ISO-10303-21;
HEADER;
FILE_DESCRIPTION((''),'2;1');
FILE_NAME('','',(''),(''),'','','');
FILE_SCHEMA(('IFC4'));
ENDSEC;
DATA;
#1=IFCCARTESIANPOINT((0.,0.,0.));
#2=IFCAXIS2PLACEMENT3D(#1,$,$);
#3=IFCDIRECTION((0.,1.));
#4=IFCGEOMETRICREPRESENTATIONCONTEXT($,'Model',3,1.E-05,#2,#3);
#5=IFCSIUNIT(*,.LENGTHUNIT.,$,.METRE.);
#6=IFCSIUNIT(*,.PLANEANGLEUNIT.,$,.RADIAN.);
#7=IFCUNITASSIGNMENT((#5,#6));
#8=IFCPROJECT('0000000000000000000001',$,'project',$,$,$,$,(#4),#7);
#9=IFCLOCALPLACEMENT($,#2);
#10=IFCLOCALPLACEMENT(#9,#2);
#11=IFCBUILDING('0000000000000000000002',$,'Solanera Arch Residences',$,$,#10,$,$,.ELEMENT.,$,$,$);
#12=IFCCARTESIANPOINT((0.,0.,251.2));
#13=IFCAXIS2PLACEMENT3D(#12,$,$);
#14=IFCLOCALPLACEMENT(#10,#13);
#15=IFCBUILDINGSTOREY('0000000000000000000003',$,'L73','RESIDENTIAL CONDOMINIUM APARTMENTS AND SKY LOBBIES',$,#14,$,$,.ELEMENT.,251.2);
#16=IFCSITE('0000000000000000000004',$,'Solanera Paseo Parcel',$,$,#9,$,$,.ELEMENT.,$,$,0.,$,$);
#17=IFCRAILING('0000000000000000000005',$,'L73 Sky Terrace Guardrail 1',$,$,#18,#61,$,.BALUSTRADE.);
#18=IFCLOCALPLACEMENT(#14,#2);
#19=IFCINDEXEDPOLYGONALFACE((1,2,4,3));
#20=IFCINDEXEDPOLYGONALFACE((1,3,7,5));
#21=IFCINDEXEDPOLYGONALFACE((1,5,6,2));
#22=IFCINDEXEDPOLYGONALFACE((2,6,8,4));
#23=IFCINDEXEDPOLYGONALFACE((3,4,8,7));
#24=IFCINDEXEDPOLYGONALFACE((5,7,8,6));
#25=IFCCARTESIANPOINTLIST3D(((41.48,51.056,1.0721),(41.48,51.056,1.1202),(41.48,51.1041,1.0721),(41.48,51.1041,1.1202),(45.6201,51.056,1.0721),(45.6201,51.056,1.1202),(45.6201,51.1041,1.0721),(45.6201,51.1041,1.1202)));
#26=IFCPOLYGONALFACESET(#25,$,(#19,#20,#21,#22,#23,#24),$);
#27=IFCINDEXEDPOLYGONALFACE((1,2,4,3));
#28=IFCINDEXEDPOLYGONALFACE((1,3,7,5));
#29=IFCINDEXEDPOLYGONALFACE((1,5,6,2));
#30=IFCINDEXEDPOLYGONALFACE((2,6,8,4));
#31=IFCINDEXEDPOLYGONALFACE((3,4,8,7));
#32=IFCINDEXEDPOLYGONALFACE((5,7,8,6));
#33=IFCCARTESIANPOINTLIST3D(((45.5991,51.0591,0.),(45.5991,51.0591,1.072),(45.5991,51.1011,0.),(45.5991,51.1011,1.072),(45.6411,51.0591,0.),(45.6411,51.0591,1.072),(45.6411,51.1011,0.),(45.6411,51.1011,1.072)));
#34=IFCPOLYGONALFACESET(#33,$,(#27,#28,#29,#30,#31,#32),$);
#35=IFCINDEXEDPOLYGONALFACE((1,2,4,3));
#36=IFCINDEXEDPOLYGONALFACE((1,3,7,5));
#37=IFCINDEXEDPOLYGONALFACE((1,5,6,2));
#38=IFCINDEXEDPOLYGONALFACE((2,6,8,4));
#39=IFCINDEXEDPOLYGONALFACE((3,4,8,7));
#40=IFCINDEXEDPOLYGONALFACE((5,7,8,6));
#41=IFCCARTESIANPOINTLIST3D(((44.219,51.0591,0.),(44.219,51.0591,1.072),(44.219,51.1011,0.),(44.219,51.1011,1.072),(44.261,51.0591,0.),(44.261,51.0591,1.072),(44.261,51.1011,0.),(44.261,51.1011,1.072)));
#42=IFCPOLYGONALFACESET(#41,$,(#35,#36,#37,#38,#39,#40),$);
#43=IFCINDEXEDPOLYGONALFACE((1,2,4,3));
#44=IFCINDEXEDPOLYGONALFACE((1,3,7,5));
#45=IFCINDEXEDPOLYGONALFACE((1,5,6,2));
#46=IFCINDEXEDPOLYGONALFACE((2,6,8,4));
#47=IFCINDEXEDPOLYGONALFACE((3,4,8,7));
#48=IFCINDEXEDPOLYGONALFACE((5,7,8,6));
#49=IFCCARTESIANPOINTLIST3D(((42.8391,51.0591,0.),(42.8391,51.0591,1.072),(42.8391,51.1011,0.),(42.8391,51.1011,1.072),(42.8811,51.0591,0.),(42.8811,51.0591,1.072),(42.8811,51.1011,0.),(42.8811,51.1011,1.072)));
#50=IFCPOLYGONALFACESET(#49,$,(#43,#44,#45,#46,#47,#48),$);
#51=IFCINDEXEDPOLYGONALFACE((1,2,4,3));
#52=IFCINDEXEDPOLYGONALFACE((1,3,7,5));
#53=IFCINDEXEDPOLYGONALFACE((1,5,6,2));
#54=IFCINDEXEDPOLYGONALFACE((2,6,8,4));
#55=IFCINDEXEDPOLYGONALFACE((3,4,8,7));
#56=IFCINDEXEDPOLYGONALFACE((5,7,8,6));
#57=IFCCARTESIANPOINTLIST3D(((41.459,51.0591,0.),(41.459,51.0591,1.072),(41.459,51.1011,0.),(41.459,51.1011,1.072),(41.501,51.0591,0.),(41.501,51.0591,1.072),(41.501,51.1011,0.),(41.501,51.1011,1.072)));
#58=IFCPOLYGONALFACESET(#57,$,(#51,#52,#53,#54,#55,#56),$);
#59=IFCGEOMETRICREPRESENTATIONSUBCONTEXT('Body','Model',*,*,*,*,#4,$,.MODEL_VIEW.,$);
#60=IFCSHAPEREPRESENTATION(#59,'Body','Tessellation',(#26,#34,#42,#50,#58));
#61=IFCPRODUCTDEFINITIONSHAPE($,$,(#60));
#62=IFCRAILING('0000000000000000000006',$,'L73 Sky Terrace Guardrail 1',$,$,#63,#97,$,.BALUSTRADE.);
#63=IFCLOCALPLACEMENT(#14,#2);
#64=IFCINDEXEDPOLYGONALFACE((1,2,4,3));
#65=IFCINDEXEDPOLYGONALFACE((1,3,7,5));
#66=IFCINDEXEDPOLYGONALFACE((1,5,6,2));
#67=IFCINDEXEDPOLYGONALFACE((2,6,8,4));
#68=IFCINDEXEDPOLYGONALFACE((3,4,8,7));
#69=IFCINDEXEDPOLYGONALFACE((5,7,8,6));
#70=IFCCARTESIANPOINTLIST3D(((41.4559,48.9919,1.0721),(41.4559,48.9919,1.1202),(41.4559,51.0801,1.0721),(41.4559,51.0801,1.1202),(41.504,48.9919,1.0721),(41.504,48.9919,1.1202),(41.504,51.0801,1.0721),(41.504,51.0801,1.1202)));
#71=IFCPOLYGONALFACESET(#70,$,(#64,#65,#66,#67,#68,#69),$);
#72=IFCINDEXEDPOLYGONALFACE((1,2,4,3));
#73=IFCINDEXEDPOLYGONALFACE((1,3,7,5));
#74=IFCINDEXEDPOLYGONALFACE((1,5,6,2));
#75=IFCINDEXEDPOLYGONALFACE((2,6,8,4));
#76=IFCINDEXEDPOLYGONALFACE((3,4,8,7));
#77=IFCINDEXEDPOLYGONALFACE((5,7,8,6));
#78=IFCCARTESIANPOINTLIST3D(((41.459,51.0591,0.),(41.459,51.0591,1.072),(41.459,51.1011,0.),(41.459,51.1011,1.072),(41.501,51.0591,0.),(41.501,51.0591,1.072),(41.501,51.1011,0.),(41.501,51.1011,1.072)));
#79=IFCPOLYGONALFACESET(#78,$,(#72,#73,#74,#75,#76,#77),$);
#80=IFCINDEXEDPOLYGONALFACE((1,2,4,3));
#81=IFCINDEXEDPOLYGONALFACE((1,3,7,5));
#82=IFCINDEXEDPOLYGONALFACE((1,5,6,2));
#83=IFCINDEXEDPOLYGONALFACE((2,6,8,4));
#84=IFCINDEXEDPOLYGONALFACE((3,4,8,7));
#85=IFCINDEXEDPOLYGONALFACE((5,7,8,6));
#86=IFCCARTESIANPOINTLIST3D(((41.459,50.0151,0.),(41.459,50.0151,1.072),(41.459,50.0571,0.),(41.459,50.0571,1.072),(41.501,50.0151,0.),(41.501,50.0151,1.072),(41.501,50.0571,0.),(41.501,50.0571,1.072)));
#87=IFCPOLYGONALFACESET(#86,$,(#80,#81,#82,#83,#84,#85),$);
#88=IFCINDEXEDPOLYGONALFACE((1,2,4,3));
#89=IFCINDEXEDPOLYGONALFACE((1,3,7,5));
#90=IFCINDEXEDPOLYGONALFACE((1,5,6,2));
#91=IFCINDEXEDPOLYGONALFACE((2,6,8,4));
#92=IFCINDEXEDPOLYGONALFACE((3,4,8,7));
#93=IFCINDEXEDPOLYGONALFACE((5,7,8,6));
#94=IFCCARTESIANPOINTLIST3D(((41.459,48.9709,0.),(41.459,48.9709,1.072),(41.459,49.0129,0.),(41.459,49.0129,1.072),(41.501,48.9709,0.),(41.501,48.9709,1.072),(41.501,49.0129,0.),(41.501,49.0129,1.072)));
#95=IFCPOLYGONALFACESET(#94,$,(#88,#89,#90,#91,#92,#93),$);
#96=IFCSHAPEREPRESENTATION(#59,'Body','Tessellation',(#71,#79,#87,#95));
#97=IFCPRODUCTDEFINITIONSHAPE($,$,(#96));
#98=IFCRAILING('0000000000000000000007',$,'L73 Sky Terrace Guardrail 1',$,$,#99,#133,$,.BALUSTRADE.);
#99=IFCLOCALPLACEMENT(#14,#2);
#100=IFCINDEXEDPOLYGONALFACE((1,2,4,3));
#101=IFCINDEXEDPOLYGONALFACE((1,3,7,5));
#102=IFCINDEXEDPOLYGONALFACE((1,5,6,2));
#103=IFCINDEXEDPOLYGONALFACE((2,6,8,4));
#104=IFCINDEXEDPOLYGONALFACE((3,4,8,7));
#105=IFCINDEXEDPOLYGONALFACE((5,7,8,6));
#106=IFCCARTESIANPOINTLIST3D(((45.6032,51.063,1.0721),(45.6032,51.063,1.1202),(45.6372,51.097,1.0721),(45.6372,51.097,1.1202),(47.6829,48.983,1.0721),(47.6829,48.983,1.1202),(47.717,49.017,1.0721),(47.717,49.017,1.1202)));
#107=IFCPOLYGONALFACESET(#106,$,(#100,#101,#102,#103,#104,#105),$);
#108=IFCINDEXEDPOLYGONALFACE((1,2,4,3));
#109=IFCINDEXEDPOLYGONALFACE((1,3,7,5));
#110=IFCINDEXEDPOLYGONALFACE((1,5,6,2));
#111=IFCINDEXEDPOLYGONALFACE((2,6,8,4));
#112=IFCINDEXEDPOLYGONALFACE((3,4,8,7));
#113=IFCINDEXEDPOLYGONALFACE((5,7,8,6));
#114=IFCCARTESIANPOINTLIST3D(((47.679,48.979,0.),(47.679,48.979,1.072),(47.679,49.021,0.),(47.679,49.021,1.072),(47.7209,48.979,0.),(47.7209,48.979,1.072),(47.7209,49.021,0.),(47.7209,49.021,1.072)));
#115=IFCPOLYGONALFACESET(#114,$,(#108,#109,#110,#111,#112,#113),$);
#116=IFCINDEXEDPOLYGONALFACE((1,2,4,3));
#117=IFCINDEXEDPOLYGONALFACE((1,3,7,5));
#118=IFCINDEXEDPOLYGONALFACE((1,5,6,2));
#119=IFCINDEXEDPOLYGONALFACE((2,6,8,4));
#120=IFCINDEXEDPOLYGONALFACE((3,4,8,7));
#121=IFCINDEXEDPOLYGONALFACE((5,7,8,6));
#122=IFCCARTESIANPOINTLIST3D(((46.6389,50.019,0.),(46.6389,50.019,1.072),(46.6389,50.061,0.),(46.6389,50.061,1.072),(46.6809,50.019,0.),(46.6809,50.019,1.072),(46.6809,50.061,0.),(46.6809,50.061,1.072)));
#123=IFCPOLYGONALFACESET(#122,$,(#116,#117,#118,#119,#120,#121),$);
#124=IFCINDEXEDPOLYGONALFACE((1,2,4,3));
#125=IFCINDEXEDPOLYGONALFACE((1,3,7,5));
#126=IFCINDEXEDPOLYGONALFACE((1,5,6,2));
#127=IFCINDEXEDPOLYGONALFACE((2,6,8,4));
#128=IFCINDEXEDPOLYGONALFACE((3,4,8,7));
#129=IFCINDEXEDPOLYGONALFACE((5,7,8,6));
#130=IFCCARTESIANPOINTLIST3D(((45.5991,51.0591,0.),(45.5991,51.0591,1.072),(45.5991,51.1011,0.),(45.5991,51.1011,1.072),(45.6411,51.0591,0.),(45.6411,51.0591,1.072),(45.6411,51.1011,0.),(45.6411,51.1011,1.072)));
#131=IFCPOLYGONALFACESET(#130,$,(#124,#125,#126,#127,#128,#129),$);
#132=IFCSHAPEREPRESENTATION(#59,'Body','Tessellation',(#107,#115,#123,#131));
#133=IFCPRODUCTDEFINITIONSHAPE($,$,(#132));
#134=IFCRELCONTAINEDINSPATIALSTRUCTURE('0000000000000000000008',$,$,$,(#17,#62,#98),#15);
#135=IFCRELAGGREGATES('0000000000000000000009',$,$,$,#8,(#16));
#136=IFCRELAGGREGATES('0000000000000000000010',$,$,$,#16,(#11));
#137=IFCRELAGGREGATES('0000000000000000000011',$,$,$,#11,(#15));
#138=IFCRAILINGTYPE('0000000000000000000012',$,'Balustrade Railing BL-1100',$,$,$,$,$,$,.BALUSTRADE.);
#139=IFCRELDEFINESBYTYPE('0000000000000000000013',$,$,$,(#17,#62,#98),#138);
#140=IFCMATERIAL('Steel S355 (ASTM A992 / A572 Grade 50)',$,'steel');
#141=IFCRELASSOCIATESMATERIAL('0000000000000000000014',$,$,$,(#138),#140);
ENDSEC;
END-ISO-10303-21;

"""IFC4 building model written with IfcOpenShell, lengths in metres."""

from ifc_helpers import new_model, si_unit, direction, frame, origin, origin_2d, place, context, subcontext, project, spatial, rectangle, extrude, material, type_object, element, save


model = new_model("IFC4")

# Units and contexts
model_context = context("Model", 3, precision=1e-05, world=origin(), true_north=direction((0.0, 1.0)))
body_context = subcontext(model_context, "Body", "Model", "MODEL_VIEW")
ifc_project = project(units=[si_unit("LENGTHUNIT", "METRE"), si_unit("PLANEANGLEUNIT", "RADIAN")], contexts=[model_context])

# Site, building, storey
site_placement = place(None, origin())
site = spatial("IfcSite", under=ifc_project, at=site_placement, Name="Solanera Paseo Parcel", CompositionType="ELEMENT", RefElevation=0.0)
building_placement = place(site_placement, origin())
building = spatial("IfcBuilding", under=site, at=building_placement, Name="Solanera Arch Residences", CompositionType="ELEMENT")
storey_placement = place(building_placement, frame((0.0, 0.0, 251.2)))
storey = spatial("IfcBuildingStorey", under=building, at=storey_placement, Name="L73", Description="RESIDENTIAL CONDOMINIUM APARTMENTS AND SKY LOBBIES", CompositionType="ELEMENT", Elevation=251.2)

# Railings
ifc_material_1 = material(Name="Steel S355 (ASTM A992 / A572 Grade 50)", Category="steel")
railing_type = type_object("IfcRailingType", Name="Balustrade Railing BL-1100", PredefinedType="BALUSTRADE", material=ifc_material_1)
railing_1_placement = place(storey_placement, frame((45.6201, 51.0801, 0.0)))
element("IfcRailing", 1, at=railing_1_placement, inside=storey, type_object=railing_type, Name="L73 Sky Terrace Guardrail 1", PredefinedType="BALUSTRADE", context=body_context, shape_type="SweptSolid", body=[
    extrude(rectangle(XDim=0.0481, YDim=0.0481, at=origin_2d()), frame((0.0, 0.0, 1.0962), z_axis=(-1.0, 0.0, 0.0), x_axis=(0.0, -1.0, 0.0)), (0.0, 0.0, 1.0), 4.1401),
    extrude(rectangle(XDim=0.042, YDim=0.042, at=origin_2d()), origin(), (0.0, 0.0, 1.0), 1.072),
    extrude(rectangle(XDim=0.042, YDim=0.042, at=origin_2d()), frame((-1.3801, 0.0, 0.0)), (0.0, 0.0, 1.0), 1.072),
    extrude(rectangle(XDim=0.042, YDim=0.042, at=origin_2d()), frame((-2.76, 0.0, 0.0)), (0.0, 0.0, 1.0), 1.072),
    extrude(rectangle(XDim=0.042, YDim=0.042, at=origin_2d()), frame((-4.1401, 0.0, 0.0)), (0.0, 0.0, 1.0), 1.072),
])
railing_2_placement = place(storey_placement, frame((41.48, 51.0801, 0.0)))
element("IfcRailing", 2, at=railing_2_placement, inside=storey, type_object=railing_type, Name="L73 Sky Terrace Guardrail 1", PredefinedType="BALUSTRADE", context=body_context, shape_type="SweptSolid", body=[
    extrude(rectangle(XDim=0.0481, YDim=0.0481, at=origin_2d()), frame((0.0, 0.0, 1.0962), z_axis=(0.0, -1.0, 0.0), x_axis=(1.0, 0.0, 0.0)), (0.0, 0.0, 1.0), 2.0881),
    extrude(rectangle(XDim=0.042, YDim=0.042, at=origin_2d()), origin(), (0.0, 0.0, 1.0), 1.072),
    extrude(rectangle(XDim=0.042, YDim=0.042, at=origin_2d()), frame((0.0, -1.0439, 0.0)), (0.0, 0.0, 1.0), 1.072),
    extrude(rectangle(XDim=0.042, YDim=0.042, at=origin_2d()), frame((0.0, -2.0881, 0.0)), (0.0, 0.0, 1.0), 1.072),
])
railing_3_placement = place(storey_placement, frame((47.7, 49.0, 0.0)))
element("IfcRailing", 3, at=railing_3_placement, inside=storey, type_object=railing_type, Name="L73 Sky Terrace Guardrail 1", PredefinedType="BALUSTRADE", context=body_context, shape_type="SweptSolid", body=[
    extrude(rectangle(XDim=0.0481, YDim=0.0481, at=origin_2d()), frame((0.0, 0.0, 1.0962), z_axis=(-0.707065, 0.707148, 0.0), x_axis=(-0.707148, -0.707065, 0.0)), (0.0, 0.0, 1.0), 2.9414),
    extrude(rectangle(XDim=0.042, YDim=0.042, at=origin_2d()), origin(), (0.0, 0.0, 1.0), 1.072),
    extrude(rectangle(XDim=0.042, YDim=0.042, at=origin_2d()), frame((-1.04, 1.04, 0.0)), (0.0, 0.0, 1.0), 1.072),
    extrude(rectangle(XDim=0.042, YDim=0.042, at=origin_2d()), frame((-2.0798, 2.0801, 0.0)), (0.0, 0.0, 1.0), 1.072),
])

save(model, "model.ifc")
